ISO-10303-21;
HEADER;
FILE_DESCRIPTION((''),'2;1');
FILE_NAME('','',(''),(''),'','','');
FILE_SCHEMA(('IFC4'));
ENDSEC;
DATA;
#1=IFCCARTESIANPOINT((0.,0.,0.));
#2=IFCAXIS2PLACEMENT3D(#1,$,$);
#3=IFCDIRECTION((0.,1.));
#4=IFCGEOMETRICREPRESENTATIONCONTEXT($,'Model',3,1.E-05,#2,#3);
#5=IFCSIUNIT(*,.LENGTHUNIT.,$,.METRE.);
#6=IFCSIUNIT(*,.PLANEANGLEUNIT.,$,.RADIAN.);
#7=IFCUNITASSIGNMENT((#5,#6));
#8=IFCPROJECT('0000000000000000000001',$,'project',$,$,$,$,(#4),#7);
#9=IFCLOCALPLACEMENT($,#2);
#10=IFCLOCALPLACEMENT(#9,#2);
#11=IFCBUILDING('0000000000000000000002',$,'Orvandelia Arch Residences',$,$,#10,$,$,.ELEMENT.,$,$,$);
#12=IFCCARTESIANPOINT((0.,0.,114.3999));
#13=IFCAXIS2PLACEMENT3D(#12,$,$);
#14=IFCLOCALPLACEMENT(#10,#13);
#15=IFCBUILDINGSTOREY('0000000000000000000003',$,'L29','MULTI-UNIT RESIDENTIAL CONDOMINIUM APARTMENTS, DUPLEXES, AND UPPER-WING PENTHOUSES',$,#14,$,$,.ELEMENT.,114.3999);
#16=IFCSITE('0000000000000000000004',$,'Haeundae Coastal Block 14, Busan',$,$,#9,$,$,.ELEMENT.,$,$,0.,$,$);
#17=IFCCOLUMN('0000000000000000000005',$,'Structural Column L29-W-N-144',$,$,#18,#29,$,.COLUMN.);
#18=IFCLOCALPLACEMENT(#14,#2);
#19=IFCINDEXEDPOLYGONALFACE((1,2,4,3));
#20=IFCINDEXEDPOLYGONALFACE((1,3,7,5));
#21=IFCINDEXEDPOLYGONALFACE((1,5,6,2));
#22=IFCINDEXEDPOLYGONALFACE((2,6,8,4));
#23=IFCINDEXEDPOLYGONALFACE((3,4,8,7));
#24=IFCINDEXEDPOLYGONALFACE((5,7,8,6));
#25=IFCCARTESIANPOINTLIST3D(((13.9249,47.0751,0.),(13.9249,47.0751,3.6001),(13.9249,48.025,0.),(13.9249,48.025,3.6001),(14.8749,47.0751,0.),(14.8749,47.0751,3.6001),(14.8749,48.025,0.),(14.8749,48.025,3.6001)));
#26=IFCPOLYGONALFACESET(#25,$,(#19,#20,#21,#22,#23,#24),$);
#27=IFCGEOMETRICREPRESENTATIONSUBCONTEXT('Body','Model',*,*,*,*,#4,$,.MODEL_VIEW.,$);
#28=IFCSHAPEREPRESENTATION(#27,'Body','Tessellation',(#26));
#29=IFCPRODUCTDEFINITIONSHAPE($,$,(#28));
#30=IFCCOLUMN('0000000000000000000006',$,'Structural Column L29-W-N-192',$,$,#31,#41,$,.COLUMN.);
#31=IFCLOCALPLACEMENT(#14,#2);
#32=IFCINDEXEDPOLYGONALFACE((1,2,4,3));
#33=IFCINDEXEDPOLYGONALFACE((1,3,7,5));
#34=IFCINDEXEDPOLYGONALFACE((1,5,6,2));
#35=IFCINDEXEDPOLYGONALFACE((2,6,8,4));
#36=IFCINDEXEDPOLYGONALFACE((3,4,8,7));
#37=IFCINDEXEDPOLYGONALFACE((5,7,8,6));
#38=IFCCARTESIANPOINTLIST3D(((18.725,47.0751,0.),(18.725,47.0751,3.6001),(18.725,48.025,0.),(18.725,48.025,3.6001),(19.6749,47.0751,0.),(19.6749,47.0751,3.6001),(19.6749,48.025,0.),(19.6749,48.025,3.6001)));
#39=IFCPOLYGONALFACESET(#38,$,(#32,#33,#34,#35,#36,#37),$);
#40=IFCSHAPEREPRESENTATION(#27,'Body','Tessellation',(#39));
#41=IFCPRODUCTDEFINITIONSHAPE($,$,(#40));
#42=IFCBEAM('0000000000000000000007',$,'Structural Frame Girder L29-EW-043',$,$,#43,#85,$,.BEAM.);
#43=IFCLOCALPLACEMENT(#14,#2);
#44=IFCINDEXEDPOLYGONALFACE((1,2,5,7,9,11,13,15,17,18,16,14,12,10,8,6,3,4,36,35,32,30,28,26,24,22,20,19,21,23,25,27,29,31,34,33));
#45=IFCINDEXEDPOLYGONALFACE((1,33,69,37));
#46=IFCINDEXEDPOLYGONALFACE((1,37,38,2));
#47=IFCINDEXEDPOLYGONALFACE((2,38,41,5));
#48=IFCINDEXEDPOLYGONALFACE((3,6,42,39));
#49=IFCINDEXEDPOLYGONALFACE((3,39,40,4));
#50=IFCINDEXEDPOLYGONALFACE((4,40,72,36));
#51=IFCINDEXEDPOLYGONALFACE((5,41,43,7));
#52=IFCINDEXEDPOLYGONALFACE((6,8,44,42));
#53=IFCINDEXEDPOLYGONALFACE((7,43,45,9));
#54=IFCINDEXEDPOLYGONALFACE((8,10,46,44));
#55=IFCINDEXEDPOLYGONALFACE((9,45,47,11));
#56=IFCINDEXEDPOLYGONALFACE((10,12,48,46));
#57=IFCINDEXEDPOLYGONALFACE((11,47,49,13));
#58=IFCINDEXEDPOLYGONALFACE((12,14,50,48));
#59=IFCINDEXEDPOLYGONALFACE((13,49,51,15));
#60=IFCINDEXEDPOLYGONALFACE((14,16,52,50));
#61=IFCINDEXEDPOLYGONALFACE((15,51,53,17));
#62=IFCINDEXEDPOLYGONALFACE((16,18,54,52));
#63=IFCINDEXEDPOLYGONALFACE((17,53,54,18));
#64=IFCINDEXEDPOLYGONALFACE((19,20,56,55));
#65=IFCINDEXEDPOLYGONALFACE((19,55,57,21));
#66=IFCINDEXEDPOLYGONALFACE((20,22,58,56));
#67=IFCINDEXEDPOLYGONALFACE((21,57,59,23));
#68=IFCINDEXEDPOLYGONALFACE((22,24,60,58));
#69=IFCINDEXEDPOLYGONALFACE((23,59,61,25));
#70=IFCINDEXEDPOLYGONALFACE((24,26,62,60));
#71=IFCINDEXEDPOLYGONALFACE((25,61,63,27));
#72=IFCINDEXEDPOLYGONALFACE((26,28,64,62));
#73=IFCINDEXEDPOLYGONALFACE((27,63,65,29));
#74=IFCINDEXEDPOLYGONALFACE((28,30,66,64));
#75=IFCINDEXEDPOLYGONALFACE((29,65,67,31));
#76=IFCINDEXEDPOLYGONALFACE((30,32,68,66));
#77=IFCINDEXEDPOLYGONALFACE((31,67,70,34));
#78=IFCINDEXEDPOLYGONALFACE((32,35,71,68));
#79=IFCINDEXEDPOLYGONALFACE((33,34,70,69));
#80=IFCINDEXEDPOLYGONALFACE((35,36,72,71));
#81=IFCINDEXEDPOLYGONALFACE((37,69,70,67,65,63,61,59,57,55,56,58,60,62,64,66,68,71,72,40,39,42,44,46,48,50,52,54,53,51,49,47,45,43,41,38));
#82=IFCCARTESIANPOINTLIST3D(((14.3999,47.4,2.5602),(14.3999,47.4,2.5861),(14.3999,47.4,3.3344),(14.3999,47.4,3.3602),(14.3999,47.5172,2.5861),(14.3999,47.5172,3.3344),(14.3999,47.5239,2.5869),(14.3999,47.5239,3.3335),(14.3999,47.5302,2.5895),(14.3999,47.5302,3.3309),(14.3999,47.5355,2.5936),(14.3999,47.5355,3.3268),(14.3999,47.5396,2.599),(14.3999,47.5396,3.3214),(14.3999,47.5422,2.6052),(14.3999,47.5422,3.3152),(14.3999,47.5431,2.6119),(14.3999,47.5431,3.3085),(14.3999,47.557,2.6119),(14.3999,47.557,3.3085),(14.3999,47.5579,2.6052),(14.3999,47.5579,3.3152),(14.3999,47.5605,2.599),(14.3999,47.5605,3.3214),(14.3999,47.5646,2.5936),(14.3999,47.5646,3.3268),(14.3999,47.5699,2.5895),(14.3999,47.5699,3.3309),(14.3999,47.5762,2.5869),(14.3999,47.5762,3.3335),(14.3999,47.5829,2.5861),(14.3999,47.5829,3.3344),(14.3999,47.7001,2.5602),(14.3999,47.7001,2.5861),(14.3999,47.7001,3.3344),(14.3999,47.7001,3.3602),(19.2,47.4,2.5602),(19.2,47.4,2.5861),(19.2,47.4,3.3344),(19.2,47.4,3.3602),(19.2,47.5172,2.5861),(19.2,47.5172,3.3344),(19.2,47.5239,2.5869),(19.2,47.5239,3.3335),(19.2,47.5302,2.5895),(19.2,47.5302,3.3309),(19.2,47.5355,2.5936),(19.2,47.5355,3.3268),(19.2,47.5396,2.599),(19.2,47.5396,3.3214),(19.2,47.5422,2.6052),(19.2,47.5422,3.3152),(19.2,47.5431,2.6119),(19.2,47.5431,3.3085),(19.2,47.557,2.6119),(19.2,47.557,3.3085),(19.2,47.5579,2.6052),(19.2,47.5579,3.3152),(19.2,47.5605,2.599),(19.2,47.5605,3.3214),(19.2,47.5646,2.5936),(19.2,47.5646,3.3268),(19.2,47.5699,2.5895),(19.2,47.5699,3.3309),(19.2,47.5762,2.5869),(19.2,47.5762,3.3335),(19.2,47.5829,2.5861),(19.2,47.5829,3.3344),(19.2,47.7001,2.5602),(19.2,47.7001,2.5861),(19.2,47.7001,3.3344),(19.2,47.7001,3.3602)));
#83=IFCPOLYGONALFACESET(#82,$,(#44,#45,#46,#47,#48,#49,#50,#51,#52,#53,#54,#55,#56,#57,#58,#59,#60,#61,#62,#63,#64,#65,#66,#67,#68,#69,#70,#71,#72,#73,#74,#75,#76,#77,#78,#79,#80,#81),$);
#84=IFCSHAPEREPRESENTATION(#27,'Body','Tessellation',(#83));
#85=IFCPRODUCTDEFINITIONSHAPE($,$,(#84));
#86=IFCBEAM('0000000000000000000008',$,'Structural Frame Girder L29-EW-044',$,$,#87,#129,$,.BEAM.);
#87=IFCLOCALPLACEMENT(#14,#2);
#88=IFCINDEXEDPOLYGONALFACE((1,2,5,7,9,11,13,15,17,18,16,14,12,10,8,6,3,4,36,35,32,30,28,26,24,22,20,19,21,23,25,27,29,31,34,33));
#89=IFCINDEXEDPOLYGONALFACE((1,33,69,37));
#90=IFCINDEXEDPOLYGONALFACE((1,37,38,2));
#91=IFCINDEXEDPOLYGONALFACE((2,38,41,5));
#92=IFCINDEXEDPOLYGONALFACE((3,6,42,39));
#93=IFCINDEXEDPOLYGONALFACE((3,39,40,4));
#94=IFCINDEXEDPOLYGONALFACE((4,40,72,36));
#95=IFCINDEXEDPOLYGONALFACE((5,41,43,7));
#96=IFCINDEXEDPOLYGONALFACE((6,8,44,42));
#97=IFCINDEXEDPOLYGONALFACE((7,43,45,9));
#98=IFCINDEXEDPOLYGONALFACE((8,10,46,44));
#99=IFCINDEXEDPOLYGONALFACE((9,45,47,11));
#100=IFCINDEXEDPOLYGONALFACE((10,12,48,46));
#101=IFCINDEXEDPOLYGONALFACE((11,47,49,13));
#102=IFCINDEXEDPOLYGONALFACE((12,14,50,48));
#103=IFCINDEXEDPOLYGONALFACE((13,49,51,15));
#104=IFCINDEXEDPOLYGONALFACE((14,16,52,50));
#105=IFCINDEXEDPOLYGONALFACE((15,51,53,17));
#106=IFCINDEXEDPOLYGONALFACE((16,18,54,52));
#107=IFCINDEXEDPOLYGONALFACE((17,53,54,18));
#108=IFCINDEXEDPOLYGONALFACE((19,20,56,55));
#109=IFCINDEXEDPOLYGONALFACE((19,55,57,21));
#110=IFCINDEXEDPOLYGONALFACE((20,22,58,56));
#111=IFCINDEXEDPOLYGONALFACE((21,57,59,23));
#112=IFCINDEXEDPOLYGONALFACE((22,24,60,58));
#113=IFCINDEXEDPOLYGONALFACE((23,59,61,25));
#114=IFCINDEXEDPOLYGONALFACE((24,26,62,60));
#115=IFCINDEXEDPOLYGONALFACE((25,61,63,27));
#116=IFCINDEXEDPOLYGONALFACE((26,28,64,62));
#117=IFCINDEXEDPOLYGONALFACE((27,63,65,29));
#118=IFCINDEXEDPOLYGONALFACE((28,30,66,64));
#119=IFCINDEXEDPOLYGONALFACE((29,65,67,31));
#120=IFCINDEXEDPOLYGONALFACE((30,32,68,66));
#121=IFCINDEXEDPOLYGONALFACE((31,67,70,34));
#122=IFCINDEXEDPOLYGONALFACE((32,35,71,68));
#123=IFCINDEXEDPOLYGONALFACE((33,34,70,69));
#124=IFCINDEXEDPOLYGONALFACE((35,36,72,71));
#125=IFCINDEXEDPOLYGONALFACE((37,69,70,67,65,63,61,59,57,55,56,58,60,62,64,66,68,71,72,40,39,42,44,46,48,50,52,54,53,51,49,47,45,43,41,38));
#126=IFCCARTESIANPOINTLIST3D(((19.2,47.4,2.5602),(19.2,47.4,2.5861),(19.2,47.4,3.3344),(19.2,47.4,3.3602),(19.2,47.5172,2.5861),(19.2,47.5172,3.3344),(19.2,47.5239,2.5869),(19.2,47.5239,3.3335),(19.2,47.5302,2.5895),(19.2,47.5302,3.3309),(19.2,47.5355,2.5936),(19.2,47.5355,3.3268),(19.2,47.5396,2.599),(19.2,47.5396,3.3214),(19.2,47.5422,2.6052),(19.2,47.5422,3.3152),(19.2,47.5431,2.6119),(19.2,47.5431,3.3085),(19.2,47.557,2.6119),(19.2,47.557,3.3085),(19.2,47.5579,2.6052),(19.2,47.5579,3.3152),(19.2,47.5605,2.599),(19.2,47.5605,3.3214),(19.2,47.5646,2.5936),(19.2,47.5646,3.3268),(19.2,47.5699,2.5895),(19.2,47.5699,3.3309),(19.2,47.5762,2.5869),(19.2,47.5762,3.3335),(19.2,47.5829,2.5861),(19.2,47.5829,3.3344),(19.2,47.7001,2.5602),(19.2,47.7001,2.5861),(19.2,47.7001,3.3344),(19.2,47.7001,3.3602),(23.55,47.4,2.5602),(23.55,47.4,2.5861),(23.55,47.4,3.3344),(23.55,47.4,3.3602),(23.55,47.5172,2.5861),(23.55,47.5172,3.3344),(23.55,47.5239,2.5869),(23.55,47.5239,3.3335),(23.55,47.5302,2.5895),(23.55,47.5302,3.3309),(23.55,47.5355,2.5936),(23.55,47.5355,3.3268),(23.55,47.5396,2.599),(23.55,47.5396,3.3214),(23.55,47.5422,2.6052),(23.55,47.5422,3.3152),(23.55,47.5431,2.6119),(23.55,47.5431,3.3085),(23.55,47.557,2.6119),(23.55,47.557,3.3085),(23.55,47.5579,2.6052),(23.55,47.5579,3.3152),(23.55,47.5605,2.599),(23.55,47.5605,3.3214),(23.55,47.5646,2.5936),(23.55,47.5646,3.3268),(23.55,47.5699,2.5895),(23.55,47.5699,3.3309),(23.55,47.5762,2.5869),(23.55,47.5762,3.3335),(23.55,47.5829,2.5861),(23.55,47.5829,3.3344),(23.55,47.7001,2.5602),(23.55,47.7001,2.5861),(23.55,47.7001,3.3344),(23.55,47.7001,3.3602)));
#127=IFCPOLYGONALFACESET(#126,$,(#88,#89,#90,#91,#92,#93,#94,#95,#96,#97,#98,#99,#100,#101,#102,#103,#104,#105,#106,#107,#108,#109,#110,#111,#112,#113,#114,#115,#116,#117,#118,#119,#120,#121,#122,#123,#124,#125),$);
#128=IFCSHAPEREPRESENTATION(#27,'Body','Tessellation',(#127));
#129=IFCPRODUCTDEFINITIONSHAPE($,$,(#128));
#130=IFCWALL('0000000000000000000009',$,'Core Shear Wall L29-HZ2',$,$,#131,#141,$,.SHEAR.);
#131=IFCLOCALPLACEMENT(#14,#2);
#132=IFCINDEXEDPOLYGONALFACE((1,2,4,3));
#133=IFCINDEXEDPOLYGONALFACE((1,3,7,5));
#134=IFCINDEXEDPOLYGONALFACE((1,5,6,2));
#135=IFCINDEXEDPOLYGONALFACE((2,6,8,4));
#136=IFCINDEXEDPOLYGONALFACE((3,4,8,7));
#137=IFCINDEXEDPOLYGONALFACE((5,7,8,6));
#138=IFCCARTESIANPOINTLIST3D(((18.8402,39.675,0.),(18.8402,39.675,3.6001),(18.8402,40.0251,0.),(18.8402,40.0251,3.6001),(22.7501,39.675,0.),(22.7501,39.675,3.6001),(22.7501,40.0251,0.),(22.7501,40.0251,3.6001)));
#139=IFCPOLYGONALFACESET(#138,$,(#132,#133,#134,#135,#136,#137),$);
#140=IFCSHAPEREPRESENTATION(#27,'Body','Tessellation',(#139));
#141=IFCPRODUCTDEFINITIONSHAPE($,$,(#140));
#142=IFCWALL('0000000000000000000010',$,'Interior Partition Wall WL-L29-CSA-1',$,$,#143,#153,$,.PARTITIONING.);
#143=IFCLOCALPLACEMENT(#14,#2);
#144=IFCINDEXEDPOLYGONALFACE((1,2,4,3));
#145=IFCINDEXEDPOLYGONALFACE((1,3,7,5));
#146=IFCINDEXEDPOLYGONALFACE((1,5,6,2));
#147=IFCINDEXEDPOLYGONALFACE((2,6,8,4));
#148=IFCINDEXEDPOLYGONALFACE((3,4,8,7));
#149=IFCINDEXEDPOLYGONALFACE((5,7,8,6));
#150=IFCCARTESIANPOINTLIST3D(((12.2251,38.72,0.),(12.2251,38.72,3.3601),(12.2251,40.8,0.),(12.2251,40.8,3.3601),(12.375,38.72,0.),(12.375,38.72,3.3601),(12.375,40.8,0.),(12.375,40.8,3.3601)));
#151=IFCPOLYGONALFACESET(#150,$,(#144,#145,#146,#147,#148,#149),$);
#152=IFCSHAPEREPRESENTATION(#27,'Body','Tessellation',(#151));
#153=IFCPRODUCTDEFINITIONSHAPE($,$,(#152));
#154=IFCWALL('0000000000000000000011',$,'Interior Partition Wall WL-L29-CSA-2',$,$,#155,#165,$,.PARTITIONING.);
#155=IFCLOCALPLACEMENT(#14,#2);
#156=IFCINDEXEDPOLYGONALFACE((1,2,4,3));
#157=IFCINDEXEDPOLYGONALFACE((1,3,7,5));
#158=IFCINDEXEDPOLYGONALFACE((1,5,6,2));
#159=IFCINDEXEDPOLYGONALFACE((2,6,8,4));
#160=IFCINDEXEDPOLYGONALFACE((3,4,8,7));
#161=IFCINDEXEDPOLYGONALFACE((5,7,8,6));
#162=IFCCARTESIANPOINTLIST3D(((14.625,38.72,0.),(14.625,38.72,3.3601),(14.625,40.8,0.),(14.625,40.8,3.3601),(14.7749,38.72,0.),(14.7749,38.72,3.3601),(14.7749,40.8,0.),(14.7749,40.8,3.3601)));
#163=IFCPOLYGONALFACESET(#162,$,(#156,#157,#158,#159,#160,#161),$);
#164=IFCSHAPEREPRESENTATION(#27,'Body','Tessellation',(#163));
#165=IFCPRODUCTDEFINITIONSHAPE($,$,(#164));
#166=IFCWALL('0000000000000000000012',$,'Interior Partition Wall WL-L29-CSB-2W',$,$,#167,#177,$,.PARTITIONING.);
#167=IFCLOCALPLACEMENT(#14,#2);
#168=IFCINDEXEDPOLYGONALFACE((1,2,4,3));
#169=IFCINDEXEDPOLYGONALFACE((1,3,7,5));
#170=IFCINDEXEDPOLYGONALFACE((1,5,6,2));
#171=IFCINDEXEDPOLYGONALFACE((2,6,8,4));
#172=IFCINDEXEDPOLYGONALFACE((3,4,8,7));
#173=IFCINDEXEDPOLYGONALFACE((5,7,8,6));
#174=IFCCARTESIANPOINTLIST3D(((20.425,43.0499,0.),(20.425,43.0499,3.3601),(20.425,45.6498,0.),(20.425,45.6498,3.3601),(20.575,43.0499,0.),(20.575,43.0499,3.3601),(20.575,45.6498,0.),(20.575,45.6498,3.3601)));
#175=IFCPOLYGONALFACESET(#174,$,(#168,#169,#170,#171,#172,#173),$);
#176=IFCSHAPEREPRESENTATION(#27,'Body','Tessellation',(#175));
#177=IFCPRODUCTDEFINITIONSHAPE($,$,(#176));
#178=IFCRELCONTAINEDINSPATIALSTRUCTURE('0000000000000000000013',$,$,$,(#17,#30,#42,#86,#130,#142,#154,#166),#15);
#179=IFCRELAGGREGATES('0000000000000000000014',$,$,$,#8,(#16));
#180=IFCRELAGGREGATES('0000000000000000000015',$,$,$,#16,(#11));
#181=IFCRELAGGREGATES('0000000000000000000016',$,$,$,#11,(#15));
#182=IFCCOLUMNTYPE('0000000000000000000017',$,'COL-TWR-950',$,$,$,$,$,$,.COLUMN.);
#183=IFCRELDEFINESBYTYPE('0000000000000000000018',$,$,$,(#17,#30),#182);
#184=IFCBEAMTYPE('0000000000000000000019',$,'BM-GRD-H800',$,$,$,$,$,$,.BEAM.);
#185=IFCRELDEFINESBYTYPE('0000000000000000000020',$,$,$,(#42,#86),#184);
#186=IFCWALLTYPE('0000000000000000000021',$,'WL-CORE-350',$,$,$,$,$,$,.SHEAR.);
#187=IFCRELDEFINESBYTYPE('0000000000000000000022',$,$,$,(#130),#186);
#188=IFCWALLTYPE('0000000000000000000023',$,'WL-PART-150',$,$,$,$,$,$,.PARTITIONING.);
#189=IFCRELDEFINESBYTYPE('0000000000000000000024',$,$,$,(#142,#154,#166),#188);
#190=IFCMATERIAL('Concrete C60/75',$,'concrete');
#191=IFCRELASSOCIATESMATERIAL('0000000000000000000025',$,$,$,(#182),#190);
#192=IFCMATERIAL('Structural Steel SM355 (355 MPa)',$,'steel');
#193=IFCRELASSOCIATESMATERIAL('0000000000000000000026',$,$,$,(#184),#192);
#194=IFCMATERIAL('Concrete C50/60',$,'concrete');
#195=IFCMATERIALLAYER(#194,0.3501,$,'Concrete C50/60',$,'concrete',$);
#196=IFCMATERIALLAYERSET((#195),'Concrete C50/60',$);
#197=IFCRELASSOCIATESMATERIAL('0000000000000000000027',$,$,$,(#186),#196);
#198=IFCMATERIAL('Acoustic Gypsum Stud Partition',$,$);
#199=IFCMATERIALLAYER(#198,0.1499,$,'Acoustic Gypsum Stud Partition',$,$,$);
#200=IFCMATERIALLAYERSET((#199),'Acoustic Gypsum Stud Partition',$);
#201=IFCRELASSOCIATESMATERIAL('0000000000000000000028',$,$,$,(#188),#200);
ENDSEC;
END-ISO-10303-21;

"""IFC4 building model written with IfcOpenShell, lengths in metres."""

from ifc_helpers import new_model, si_unit, direction, frame, frame_2d, origin, origin_2d, place, context, subcontext, project, spatial, rectangle, i_section, extrude, material, layer, layer_set, material_profile, profile_set, type_object, element, save


model = new_model("IFC4")

# Units and contexts
model_context = context("Model", 3, precision=1e-05, world=origin(), true_north=direction((0.0, 1.0)))
body_context = subcontext(model_context, "Body", "Model", "MODEL_VIEW")
ifc_project = project(units=[si_unit("LENGTHUNIT", "METRE"), si_unit("PLANEANGLEUNIT", "RADIAN")], contexts=[model_context])

# Site, building, storey
site_placement = place(None, origin())
site = spatial("IfcSite", under=ifc_project, at=site_placement, Name="Haeundae Coastal Block 14, Busan", CompositionType="ELEMENT", RefElevation=0.0)
building_placement = place(site_placement, origin())
building = spatial("IfcBuilding", under=site, at=building_placement, Name="Orvandelia Arch Residences", CompositionType="ELEMENT")
storey_placement = place(building_placement, frame((0.0, 0.0, 114.3999)))
storey = spatial("IfcBuildingStorey", under=building, at=storey_placement, Name="L29", Description="MULTI-UNIT RESIDENTIAL CONDOMINIUM APARTMENTS, DUPLEXES, AND UPPER-WING PENTHOUSES", CompositionType="ELEMENT", Elevation=114.3999)

# Columns
ifc_material_1 = material(Name="Concrete C60/75", Category="concrete")
ifc_material_profile_1 = material_profile(ifc_material_1, rectangle(XDim=0.95, YDim=0.95, at=origin_2d()), Name="Concrete C60/75", Category="concrete")
ifc_profile_set_1 = profile_set([ifc_material_profile_1], Name="Concrete C60/75")
column_type = type_object("IfcColumnType", Name="COL-TWR-950", PredefinedType="COLUMN", material=ifc_profile_set_1)
for number, where, z_axis, x_axis, name in (
    (1, (14.3999, 47.55, 0.0), (0.0, 0.0, 1.0), (1.0, 0.0, 0.0), "Structural Column L29-W-N-144"),
    (2, (19.2, 47.55, 0.0), (0.0, 0.0, 1.0), (1.0, 0.0, 0.0), "Structural Column L29-W-N-192"),
):
    element("IfcColumn", number, at=place(storey_placement, frame(where, z_axis=z_axis, x_axis=x_axis)), inside=storey, type_object=column_type, Name=name, PredefinedType="COLUMN", context=body_context, shape_type="SweptSolid", body=[
        extrude(rectangle(XDim=0.95, YDim=0.95, at=origin_2d()), origin(), (0.0, 0.0, 1.0), 3.6001),
    ])

# Beams
ifc_material_2 = material(Name="Structural Steel SM355 (355 MPa)", Category="steel")
ifc_material_profile_2 = material_profile(ifc_material_2, i_section(OverallWidth=0.3, OverallDepth=0.8, WebThickness=0.0139, FlangeThickness=0.0259, FilletRadius=0.0259, at=origin_2d()), Name="Structural Steel SM355 (355 MPa)", Category="steel")
ifc_profile_set_2 = profile_set([ifc_material_profile_2], Name="Structural Steel SM355 (355 MPa)")
beam_type = type_object("IfcBeamType", Name="BM-GRD-H800", PredefinedType="BEAM", material=ifc_profile_set_2)
beam_1_placement = place(storey_placement, frame((14.3999, 47.55, 2.9602), z_axis=(1.0, 0.0, 0.0), x_axis=(0.0, 1.0, 0.0)))
element("IfcBeam", 3, at=beam_1_placement, inside=storey, type_object=beam_type, Name="Structural Frame Girder L29-EW-043", PredefinedType="BEAM", context=body_context, shape_type="SweptSolid", body=[
    extrude(i_section(OverallWidth=0.3, OverallDepth=0.8, WebThickness=0.0139, FlangeThickness=0.0259, FilletRadius=0.0259, at=origin_2d()), origin(), (0.0, 0.0, 1.0), 4.8),
])
beam_2_placement = place(storey_placement, frame((19.2, 47.55, 2.9602), z_axis=(1.0, 0.0, 0.0), x_axis=(0.0, 1.0, 0.0)))
element("IfcBeam", 4, at=beam_2_placement, inside=storey, type_object=beam_type, Name="Structural Frame Girder L29-EW-044", PredefinedType="BEAM", context=body_context, shape_type="SweptSolid", body=[
    extrude(i_section(OverallWidth=0.3, OverallDepth=0.8, WebThickness=0.0139, FlangeThickness=0.0259, FilletRadius=0.0259, at=origin_2d()), origin(), (0.0, 0.0, 1.0), 4.3501),
])

# Walls
ifc_material_3 = material(Name="Concrete C50/60", Category="concrete")
ifc_layer_1 = layer(ifc_material_3, 0.3501, Name="Concrete C50/60", Category="concrete")
ifc_layer_set_1 = layer_set([ifc_layer_1], Name="Concrete C50/60")
wall_type_1 = type_object("IfcWallType", Name="WL-CORE-350", PredefinedType="SHEAR", material=ifc_layer_set_1)
wall_1_placement = place(storey_placement, frame((18.8401, 39.8501, 0.0), z_axis=(0.0, 0.0, 1.0), x_axis=(1.0, 0.0, 0.0)))
element("IfcWall", 5, at=wall_1_placement, inside=storey, type_object=wall_type_1, Name="Core Shear Wall L29-HZ2", PredefinedType="SHEAR", context=body_context, shape_type="SweptSolid", body=[
    extrude(rectangle(XDim=3.9099, YDim=0.3501, at=frame_2d((1.9551, 0.0))), origin(), (0.0, 0.0, 1.0), 3.6001),
])
ifc_material_4 = material(Name="Acoustic Gypsum Stud Partition")
ifc_layer_2 = layer(ifc_material_4, 0.1499, Name="Acoustic Gypsum Stud Partition")
ifc_layer_set_2 = layer_set([ifc_layer_2], Name="Acoustic Gypsum Stud Partition")
wall_type_2 = type_object("IfcWallType", Name="WL-PART-150", PredefinedType="PARTITIONING", material=ifc_layer_set_2)
for number, where, z_axis, x_axis, name in (
    (6, (12.3, 38.72, 0.0), (0.0, 0.0, 1.0), (0.0, 1.0, 0.0), "Interior Partition Wall WL-L29-CSA-1"),
    (7, (14.7, 38.72, 0.0), (0.0, 0.0, 1.0), (0.0, 1.0, 0.0), "Interior Partition Wall WL-L29-CSA-2"),
):
    element("IfcWall", number, at=place(storey_placement, frame(where, z_axis=z_axis, x_axis=x_axis)), inside=storey, type_object=wall_type_2, Name=name, PredefinedType="PARTITIONING", context=body_context, shape_type="SweptSolid", body=[
        extrude(rectangle(XDim=2.0801, YDim=0.1499, at=frame_2d((1.04, 0.0))), origin(), (0.0, 0.0, 1.0), 3.3601),
    ])
wall_2_placement = place(storey_placement, frame((20.5, 43.05, 0.0), z_axis=(0.0, 0.0, 1.0), x_axis=(0.0, 1.0, 0.0)))
element("IfcWall", 8, at=wall_2_placement, inside=storey, type_object=wall_type_2, Name="Interior Partition Wall WL-L29-CSB-2W", PredefinedType="PARTITIONING", context=body_context, shape_type="SweptSolid", body=[
    extrude(rectangle(XDim=2.5999, YDim=0.1499, at=frame_2d((1.2998, 0.0))), origin(), (0.0, 0.0, 1.0), 3.3601),
])

save(model, "model.ifc")
